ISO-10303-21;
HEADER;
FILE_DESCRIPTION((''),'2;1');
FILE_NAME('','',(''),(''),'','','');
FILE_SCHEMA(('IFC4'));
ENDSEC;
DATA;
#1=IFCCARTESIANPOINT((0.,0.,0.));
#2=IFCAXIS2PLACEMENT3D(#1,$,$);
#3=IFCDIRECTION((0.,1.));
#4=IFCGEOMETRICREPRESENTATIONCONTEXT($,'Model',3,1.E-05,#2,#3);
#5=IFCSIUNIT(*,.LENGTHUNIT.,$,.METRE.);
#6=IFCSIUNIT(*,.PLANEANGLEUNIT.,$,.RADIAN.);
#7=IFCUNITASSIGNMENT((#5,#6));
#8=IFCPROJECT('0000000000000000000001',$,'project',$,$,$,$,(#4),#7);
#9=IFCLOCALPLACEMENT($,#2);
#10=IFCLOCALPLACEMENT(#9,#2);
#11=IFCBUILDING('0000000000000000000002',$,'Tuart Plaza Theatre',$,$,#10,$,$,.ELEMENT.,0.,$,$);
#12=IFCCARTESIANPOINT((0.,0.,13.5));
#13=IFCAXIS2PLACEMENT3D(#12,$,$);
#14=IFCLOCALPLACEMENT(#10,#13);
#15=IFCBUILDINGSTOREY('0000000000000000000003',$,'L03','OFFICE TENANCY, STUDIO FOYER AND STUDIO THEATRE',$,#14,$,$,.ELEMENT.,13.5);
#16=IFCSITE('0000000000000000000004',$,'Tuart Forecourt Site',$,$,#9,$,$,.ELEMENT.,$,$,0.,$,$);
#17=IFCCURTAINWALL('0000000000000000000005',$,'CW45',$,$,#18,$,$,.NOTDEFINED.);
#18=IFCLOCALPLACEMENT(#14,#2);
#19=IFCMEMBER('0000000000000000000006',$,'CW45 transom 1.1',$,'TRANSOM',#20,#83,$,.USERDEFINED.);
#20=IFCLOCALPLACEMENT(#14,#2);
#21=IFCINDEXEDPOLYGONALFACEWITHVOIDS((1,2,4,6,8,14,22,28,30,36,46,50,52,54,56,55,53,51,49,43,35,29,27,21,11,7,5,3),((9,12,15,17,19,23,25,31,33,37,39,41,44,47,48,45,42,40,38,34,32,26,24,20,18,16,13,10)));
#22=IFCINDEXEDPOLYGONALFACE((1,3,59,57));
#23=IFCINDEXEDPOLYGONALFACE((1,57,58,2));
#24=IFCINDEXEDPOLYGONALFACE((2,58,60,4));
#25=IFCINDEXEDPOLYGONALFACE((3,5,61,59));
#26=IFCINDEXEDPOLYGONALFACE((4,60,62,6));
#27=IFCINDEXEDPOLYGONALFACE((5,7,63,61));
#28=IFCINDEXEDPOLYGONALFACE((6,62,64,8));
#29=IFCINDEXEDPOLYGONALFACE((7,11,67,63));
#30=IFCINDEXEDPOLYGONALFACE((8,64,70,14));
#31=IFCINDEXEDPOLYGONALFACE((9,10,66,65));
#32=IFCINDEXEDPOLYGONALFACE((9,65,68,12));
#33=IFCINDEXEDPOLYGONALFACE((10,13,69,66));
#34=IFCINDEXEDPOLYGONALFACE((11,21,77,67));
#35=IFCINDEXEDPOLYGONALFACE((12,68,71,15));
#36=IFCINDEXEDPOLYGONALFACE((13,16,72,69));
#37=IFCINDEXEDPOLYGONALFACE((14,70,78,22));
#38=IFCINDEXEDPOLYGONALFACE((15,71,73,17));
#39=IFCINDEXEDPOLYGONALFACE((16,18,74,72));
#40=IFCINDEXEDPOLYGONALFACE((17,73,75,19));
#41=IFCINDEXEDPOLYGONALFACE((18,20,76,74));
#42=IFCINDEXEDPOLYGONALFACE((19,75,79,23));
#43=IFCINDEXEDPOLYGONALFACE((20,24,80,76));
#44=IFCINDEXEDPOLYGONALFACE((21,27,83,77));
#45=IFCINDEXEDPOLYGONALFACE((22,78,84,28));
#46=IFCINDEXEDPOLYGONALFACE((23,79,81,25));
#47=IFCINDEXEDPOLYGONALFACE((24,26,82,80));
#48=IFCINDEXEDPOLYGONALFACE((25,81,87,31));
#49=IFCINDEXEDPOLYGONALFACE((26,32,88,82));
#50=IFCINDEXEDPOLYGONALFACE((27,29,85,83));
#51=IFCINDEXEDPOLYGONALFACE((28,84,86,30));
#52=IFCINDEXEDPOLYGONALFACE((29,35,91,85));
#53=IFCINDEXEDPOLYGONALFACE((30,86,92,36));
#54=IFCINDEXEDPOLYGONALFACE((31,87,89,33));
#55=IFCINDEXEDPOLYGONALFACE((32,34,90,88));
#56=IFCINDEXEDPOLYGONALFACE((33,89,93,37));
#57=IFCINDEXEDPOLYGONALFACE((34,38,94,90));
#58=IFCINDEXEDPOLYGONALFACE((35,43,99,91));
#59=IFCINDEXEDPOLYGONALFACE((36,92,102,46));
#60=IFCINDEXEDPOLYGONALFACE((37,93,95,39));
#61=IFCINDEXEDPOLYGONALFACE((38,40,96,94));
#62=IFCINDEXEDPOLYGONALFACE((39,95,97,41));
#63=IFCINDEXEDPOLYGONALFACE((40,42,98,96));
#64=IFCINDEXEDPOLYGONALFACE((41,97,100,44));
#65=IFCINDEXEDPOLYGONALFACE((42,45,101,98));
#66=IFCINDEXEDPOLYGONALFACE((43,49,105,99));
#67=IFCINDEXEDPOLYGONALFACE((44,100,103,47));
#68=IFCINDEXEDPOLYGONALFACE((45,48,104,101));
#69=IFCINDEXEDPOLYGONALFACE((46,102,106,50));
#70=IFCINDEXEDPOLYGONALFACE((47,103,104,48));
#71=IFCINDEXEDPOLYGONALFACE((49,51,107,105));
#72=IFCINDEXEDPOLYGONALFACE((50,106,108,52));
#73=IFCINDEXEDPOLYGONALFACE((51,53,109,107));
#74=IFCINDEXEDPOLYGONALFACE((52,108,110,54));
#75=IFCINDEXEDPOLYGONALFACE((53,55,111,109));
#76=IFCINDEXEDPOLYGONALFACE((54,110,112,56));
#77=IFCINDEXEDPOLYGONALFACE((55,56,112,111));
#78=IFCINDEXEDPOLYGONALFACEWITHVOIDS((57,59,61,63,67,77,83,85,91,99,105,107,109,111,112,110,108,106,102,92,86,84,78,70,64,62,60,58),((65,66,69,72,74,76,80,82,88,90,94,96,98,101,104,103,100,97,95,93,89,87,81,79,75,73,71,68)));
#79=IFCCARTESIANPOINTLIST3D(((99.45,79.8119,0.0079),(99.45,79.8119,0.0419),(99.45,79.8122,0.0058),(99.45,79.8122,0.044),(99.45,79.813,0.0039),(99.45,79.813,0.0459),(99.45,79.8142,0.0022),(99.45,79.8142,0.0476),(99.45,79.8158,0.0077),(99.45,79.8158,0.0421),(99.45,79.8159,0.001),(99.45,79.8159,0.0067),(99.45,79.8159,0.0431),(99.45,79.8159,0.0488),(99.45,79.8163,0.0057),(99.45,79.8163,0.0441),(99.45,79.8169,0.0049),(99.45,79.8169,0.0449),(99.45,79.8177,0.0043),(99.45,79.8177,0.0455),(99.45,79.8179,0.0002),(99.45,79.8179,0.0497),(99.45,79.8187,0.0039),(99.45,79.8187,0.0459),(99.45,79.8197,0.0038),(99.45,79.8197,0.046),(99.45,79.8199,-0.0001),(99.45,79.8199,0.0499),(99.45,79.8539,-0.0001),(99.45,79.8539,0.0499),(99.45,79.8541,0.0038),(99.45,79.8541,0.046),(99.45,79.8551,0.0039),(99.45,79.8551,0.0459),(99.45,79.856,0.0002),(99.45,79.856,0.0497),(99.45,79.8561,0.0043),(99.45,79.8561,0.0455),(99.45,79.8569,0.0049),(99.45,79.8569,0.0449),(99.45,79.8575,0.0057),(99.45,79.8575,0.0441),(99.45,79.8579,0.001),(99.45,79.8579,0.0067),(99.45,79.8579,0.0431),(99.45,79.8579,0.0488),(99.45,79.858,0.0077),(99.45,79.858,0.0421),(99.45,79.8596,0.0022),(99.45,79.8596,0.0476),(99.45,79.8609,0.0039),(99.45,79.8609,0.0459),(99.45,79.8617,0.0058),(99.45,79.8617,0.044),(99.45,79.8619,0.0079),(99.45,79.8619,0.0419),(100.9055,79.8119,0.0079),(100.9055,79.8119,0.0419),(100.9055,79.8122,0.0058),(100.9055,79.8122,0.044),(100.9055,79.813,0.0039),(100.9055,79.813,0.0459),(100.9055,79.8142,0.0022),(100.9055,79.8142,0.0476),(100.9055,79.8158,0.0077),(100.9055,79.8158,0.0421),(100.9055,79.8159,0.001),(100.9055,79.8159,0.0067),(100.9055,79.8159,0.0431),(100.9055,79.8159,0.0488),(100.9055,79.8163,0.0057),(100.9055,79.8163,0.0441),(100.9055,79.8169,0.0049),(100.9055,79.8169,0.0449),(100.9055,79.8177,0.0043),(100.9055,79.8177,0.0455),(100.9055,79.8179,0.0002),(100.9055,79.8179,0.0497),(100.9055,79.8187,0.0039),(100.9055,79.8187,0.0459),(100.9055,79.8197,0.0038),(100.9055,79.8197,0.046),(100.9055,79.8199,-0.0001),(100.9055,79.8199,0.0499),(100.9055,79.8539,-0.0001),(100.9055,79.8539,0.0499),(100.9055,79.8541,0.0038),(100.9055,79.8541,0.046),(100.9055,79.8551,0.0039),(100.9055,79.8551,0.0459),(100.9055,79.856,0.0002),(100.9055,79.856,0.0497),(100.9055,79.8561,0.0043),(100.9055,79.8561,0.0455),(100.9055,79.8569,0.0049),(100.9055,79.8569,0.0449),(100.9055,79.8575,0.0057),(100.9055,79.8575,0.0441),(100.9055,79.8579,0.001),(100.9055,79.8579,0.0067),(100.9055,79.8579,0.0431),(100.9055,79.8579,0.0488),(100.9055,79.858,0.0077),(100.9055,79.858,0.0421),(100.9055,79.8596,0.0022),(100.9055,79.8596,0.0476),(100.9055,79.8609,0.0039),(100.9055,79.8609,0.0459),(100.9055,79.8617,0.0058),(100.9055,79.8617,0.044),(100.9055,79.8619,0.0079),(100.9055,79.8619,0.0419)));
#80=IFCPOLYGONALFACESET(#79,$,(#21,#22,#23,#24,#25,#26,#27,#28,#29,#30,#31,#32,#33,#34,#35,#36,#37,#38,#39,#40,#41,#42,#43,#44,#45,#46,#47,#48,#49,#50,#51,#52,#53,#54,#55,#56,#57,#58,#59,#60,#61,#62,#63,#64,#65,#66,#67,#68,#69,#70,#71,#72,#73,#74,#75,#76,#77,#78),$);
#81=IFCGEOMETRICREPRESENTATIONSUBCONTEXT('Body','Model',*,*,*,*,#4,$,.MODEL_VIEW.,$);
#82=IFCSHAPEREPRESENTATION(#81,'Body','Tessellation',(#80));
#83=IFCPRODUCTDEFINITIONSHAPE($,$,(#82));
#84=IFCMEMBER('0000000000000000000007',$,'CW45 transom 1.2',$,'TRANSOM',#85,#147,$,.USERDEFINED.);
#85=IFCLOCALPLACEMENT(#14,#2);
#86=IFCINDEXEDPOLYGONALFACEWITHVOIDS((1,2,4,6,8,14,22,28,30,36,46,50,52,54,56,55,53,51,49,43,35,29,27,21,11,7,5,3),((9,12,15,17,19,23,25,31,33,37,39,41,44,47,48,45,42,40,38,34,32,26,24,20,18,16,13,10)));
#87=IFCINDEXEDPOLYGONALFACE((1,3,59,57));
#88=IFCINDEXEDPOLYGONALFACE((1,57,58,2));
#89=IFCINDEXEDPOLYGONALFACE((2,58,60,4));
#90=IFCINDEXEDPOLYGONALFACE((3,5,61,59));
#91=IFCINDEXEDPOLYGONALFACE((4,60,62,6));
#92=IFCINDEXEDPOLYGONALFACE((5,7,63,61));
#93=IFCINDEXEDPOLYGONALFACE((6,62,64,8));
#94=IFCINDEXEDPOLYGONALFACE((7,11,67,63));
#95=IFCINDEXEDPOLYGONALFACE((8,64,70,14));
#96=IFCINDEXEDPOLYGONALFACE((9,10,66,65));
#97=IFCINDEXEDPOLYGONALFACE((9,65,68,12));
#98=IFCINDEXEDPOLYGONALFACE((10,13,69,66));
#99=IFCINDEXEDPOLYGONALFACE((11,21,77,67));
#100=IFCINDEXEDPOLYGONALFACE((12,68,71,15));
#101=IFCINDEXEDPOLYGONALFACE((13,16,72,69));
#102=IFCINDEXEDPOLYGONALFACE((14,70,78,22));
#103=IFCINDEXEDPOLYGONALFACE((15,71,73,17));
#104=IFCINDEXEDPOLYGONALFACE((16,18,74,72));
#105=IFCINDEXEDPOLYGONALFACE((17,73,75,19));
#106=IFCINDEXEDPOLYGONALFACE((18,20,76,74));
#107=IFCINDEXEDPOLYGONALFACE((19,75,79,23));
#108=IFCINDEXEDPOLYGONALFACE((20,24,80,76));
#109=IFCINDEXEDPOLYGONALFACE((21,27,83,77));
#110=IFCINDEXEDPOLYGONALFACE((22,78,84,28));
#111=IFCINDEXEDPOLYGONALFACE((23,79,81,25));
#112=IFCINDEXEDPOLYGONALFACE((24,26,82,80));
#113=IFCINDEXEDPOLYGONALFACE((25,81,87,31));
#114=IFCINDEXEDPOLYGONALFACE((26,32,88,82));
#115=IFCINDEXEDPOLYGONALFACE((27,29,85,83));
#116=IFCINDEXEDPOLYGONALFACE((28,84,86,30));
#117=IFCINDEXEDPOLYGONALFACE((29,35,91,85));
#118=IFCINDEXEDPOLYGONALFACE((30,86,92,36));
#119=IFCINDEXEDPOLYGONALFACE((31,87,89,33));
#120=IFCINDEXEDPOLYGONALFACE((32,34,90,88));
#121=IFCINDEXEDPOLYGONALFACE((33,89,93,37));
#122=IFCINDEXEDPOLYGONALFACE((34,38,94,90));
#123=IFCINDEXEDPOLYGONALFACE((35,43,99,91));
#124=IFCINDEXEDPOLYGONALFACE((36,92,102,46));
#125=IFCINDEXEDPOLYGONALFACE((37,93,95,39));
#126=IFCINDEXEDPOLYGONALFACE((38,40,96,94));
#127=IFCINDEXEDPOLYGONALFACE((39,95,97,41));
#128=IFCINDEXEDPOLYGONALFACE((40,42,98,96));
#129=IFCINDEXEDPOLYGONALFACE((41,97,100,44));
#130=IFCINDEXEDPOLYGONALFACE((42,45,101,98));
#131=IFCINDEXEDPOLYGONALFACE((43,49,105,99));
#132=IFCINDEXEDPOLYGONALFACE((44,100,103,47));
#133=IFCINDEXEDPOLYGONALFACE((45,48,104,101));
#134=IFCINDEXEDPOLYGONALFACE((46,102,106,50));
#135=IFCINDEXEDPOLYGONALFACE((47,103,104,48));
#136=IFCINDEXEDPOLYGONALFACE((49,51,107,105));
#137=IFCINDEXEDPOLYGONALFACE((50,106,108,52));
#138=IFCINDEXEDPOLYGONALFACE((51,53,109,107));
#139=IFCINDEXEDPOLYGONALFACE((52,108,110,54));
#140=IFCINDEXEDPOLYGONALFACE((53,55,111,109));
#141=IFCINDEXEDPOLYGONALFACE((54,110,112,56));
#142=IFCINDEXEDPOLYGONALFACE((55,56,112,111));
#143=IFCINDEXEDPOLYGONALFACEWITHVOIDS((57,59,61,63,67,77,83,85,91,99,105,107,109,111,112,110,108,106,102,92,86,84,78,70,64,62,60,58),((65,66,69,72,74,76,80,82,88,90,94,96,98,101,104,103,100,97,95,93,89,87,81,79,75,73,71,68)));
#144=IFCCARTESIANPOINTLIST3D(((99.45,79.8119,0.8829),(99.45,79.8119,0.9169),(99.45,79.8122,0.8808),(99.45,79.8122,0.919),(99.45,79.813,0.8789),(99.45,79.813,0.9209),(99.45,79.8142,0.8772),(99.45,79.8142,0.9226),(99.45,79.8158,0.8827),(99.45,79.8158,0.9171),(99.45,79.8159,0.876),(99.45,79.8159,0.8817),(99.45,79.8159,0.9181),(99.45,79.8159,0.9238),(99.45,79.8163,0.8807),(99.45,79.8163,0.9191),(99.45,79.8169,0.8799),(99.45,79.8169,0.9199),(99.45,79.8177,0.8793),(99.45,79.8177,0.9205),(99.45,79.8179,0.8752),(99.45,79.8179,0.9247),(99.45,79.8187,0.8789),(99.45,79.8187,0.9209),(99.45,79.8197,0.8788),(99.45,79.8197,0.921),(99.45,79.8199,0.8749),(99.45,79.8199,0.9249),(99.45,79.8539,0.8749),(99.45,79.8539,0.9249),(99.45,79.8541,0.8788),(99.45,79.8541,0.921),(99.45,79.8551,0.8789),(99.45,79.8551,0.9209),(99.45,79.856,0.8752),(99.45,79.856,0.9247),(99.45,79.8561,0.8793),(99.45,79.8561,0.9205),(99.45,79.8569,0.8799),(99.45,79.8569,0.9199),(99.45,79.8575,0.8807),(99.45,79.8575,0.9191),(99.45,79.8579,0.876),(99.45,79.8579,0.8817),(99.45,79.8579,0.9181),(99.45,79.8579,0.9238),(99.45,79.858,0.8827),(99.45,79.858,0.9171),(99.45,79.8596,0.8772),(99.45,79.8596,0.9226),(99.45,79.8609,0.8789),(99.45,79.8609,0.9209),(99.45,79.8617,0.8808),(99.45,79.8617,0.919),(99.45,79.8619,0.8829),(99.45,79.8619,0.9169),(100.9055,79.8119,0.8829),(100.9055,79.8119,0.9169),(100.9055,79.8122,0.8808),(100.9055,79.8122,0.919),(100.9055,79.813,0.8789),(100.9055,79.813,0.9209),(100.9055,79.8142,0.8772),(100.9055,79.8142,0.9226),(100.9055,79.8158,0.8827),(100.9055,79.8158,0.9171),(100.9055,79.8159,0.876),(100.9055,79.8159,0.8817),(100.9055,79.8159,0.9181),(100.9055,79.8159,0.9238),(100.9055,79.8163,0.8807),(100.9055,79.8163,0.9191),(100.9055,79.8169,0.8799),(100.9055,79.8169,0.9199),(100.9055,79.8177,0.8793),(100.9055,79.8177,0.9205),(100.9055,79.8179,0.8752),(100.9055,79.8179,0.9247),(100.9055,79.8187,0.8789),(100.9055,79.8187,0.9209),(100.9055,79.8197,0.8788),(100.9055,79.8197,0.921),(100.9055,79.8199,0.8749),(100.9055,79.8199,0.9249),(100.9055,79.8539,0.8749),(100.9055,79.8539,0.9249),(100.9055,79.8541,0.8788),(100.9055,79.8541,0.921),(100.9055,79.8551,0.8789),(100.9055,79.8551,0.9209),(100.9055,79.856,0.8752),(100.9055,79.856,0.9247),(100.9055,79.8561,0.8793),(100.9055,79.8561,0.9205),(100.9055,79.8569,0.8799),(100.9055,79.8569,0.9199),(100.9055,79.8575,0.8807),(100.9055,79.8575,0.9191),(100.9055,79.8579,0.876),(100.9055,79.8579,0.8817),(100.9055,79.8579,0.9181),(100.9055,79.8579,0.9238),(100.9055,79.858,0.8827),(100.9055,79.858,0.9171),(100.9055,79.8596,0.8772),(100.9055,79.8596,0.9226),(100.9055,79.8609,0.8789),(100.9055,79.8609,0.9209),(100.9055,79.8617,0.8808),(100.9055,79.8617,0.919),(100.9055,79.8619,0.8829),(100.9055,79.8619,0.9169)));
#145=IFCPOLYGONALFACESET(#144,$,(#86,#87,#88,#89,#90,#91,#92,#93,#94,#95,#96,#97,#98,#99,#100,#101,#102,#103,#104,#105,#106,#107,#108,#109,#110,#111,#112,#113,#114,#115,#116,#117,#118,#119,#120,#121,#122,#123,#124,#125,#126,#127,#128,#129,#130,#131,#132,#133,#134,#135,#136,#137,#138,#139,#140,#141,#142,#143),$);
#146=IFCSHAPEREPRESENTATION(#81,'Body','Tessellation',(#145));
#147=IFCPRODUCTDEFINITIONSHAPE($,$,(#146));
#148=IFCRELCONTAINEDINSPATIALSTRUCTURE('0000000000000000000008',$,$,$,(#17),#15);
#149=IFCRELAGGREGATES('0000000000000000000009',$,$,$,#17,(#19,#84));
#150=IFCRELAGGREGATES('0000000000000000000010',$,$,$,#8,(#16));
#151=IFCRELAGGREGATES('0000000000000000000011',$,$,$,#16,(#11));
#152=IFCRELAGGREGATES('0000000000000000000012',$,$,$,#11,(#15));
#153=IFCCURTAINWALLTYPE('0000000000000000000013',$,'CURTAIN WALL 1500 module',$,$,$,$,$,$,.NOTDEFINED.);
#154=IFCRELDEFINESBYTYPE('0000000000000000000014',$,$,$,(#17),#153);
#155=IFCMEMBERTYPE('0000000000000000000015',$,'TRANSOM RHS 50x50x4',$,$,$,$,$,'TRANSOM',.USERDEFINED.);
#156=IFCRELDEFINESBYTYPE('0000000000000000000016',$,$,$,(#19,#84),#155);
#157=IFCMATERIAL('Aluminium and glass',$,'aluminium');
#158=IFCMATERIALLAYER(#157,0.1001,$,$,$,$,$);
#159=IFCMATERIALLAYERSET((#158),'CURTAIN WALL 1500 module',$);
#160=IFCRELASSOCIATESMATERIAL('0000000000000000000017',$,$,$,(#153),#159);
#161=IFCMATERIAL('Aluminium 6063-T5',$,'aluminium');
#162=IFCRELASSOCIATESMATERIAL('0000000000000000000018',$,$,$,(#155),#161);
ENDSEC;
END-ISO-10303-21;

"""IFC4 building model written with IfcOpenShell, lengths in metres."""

from ifc_helpers import new_model, si_unit, direction, frame, origin, origin_2d, place, context, subcontext, project, spatial, hollow_rectangle, extrude, material, layer, layer_set, material_profile, profile_set, type_object, element, aggregate, save


model = new_model("IFC4")

# Units and contexts
model_context = context("Model", 3, precision=1e-05, world=origin(), true_north=direction((0.0, 1.0)))
body_context = subcontext(model_context, "Body", "Model", "MODEL_VIEW")
ifc_project = project(units=[si_unit("LENGTHUNIT", "METRE"), si_unit("PLANEANGLEUNIT", "RADIAN")], contexts=[model_context])

# Site, building, storey
site_placement = place(None, origin())
site = spatial("IfcSite", under=ifc_project, at=site_placement, Name="Tuart Forecourt Site", CompositionType="ELEMENT", RefElevation=0.0)
building_placement = place(site_placement, origin())
building = spatial("IfcBuilding", under=site, at=building_placement, Name="Tuart Plaza Theatre", CompositionType="ELEMENT", ElevationOfRefHeight=0.0)
storey_placement = place(building_placement, frame((0.0, 0.0, 13.5)))
storey = spatial("IfcBuildingStorey", under=building, at=storey_placement, Name="L03", Description="OFFICE TENANCY, STUDIO FOYER AND STUDIO THEATRE", CompositionType="ELEMENT", Elevation=13.5)

# Curtain wall, members
ifc_material_1 = material(Name="Aluminium and glass", Category="aluminium")
ifc_layer_1 = layer(ifc_material_1, 0.1001)
ifc_layer_set_1 = layer_set([ifc_layer_1], Name="CURTAIN WALL 1500 module")
curtain_wall_type = type_object("IfcCurtainWallType", Name="CURTAIN WALL 1500 module", PredefinedType="NOTDEFINED", material=ifc_layer_set_1)
curtain_wall_placement = place(storey_placement, origin())
curtain_wall = element("IfcCurtainWall", 1, at=curtain_wall_placement, inside=storey, type_object=curtain_wall_type, Name="CW45", PredefinedType="NOTDEFINED")
ifc_material_2 = material(Name="Aluminium 6063-T5", Category="aluminium")
ifc_material_profile_1 = material_profile(ifc_material_2, hollow_rectangle(XDim=0.05, YDim=0.05, WallThickness=0.0039, InnerFilletRadius=0.0039, OuterFilletRadius=0.0081, at=origin_2d()), Name="RHS 50x50x4")
ifc_profile_set_1 = profile_set([ifc_material_profile_1], Name="Aluminium 6063-T5")
member_type_1 = type_object("IfcMemberType", Name="TRANSOM RHS 50x50x4", ElementType="TRANSOM", PredefinedType="USERDEFINED", material=ifc_profile_set_1)
member_1_placement = place(storey_placement, frame((99.45, 79.8369, 0.0249), z_axis=(1.0, 0.0, 0.0), x_axis=(0.0, 1.0, 0.0)))
member_1 = element("IfcMember", 2, at=member_1_placement, type_object=member_type_1, Name="CW45 transom 1.1", ObjectType="TRANSOM", PredefinedType="USERDEFINED", context=body_context, shape_type="SweptSolid", body=[
    extrude(hollow_rectangle(XDim=0.05, YDim=0.05, WallThickness=0.0039, InnerFilletRadius=0.0039, OuterFilletRadius=0.0081, at=origin_2d()), origin(), (0.0, 0.0, 1.0), 1.4556),
])
member_2_placement = place(storey_placement, frame((99.45, 79.8369, 0.8999), z_axis=(1.0, 0.0, 0.0), x_axis=(0.0, 1.0, 0.0)))
member_2 = element("IfcMember", 3, at=member_2_placement, type_object=member_type_1, Name="CW45 transom 1.2", ObjectType="TRANSOM", PredefinedType="USERDEFINED", context=body_context, shape_type="SweptSolid", body=[
    extrude(hollow_rectangle(XDim=0.05, YDim=0.05, WallThickness=0.0039, InnerFilletRadius=0.0039, OuterFilletRadius=0.0081, at=origin_2d()), origin(), (0.0, 0.0, 1.0), 1.4556),
])
aggregate(curtain_wall, [member_1, member_2])

save(model, "model.ifc")
